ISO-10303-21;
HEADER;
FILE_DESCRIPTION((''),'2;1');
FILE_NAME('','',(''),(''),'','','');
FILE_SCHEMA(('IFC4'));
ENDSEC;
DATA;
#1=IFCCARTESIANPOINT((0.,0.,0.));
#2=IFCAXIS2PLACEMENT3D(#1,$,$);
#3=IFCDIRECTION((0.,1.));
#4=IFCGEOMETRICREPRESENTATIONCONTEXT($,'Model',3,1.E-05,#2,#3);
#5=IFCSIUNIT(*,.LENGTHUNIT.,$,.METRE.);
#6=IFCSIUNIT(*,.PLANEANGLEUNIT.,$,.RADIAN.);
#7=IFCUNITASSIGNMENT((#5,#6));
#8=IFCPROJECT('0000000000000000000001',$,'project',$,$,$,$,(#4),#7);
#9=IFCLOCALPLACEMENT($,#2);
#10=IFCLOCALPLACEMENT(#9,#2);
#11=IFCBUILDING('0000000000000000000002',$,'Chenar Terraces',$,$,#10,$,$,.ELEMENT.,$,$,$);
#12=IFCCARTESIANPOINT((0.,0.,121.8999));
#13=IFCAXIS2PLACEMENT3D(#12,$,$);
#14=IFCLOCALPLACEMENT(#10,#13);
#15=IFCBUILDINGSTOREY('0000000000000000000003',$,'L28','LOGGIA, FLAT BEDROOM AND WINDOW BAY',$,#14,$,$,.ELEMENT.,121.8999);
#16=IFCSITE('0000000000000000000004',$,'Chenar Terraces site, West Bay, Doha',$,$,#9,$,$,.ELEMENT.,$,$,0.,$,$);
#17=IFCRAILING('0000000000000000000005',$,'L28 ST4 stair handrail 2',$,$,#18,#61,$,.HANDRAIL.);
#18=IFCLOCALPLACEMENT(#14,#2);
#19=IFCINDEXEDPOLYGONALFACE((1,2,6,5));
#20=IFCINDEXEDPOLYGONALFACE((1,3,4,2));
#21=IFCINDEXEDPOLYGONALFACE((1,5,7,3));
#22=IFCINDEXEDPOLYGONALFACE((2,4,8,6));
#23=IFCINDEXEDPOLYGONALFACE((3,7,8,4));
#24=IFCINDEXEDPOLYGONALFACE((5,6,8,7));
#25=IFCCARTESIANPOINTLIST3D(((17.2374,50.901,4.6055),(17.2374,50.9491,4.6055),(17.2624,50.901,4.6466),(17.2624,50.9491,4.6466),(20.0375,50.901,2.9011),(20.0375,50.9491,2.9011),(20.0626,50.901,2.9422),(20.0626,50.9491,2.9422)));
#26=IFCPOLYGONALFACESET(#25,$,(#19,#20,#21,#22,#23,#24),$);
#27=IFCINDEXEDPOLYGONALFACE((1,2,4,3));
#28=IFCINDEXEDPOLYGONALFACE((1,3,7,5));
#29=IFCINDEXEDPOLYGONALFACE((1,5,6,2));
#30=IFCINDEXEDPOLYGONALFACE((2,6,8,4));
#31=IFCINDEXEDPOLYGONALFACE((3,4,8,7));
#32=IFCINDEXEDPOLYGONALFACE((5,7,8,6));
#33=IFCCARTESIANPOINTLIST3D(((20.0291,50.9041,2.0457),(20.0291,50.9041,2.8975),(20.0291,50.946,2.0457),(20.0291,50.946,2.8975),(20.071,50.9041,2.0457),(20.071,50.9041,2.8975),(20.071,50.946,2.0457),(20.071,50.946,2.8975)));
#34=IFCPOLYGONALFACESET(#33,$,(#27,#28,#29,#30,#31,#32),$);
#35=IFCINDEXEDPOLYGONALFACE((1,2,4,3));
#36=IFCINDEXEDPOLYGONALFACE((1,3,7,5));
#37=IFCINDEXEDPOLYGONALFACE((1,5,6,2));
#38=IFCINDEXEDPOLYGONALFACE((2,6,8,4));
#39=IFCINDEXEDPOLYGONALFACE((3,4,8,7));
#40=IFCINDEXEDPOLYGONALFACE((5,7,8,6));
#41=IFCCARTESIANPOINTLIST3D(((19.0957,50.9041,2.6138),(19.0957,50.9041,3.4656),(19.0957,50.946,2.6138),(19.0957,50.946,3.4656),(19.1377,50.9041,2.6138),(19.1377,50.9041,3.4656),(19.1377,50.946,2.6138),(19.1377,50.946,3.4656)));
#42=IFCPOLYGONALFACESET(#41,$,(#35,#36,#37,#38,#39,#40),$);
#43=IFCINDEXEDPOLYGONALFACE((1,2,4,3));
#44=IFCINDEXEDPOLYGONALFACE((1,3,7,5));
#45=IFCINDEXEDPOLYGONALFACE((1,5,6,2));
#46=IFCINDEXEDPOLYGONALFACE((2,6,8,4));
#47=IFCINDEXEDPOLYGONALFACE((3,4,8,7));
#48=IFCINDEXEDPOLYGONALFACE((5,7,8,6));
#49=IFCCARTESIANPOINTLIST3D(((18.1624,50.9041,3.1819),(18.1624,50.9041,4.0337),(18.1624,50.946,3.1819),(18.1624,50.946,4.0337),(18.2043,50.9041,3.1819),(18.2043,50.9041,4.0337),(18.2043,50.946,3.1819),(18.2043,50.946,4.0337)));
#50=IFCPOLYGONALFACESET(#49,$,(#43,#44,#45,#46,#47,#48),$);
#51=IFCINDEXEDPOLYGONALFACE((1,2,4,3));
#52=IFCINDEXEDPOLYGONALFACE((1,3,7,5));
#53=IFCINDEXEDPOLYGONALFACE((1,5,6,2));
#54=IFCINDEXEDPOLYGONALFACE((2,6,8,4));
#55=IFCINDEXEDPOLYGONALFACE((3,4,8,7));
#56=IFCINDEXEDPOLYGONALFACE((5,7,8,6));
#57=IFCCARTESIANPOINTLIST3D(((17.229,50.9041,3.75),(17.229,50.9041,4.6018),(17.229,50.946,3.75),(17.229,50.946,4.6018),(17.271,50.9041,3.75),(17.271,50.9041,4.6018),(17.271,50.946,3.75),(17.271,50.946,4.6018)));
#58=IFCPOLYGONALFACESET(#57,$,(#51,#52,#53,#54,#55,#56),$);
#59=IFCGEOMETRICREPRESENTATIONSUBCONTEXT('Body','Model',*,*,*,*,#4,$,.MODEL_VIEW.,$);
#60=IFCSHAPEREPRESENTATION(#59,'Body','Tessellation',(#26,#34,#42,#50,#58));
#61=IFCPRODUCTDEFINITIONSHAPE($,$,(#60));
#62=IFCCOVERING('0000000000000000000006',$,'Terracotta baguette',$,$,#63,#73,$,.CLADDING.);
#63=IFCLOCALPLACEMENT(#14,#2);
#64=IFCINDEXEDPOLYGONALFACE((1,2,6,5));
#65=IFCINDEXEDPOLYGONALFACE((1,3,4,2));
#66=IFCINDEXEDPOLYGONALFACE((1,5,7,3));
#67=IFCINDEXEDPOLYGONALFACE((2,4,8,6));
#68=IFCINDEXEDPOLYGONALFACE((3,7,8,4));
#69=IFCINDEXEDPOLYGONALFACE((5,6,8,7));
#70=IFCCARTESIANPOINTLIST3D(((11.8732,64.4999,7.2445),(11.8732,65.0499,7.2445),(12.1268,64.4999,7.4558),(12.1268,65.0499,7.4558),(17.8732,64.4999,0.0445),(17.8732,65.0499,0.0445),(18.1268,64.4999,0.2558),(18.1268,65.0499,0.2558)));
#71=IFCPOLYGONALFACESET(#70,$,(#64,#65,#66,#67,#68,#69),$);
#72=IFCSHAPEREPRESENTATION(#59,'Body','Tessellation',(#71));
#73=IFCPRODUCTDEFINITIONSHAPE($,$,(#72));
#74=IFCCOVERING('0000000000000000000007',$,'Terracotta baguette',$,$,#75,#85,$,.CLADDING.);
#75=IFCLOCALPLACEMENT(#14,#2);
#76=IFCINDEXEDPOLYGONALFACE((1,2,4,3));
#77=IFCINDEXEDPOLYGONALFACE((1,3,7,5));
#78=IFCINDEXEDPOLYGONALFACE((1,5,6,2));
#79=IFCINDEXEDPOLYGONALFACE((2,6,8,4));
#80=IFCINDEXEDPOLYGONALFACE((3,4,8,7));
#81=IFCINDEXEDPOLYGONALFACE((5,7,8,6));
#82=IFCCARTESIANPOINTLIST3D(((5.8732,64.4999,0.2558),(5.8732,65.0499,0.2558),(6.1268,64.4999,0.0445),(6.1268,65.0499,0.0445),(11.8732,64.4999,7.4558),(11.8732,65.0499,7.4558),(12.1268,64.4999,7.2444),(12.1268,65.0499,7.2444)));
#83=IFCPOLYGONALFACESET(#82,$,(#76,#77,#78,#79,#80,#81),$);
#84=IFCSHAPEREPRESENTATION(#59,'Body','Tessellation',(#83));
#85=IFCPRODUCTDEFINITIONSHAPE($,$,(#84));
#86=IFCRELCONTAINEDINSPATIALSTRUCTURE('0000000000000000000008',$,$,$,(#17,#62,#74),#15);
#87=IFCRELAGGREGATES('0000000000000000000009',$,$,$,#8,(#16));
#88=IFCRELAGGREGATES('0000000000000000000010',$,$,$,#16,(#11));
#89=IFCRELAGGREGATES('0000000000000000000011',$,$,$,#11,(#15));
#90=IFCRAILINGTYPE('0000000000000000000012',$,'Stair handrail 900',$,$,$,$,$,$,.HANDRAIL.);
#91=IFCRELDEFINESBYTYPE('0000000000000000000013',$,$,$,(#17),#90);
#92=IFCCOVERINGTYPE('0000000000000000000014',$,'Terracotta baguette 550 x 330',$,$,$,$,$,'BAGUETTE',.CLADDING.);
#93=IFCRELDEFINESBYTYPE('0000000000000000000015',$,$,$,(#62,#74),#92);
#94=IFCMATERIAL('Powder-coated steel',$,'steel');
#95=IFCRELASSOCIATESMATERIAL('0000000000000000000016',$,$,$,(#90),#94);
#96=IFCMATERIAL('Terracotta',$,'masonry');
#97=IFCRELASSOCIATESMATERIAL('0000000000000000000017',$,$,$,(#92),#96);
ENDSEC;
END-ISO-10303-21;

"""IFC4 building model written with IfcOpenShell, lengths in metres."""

from ifc_helpers import new_model, si_unit, direction, frame, origin, origin_2d, place, context, subcontext, project, spatial, rectangle, extrude, material, material_profile, profile_set, type_object, element, save


model = new_model("IFC4")

# Units and contexts
model_context = context("Model", 3, precision=1e-05, world=origin(), true_north=direction((0.0, 1.0)))
body_context = subcontext(model_context, "Body", "Model", "MODEL_VIEW")
ifc_project = project(units=[si_unit("LENGTHUNIT", "METRE"), si_unit("PLANEANGLEUNIT", "RADIAN")], contexts=[model_context])

# Site, building, storey
site_placement = place(None, origin())
site = spatial("IfcSite", under=ifc_project, at=site_placement, Name="Chenar Terraces site, West Bay, Doha", CompositionType="ELEMENT", RefElevation=0.0)
building_placement = place(site_placement, origin())
building = spatial("IfcBuilding", under=site, at=building_placement, Name="Chenar Terraces", CompositionType="ELEMENT")
storey_placement = place(building_placement, frame((0.0, 0.0, 121.8999)))
storey = spatial("IfcBuildingStorey", under=building, at=storey_placement, Name="L28", Description="LOGGIA, FLAT BEDROOM AND WINDOW BAY", CompositionType="ELEMENT", Elevation=121.8999)

# Railing
ifc_material_1 = material(Name="Powder-coated steel", Category="steel")
railing_type_1 = type_object("IfcRailingType", Name="Stair handrail 900", PredefinedType="HANDRAIL", material=ifc_material_1)
railing_1_placement = place(storey_placement, frame((20.05, 50.925, 2.0457)))
element("IfcRailing", 1, at=railing_1_placement, inside=storey, type_object=railing_type_1, Name="L28 ST4 stair handrail 2", PredefinedType="HANDRAIL", context=body_context, shape_type="SweptSolid", body=[
    extrude(rectangle(XDim=0.0481, YDim=0.0481, at=origin_2d()), frame((0.0, 0.0, 0.876), z_axis=(-0.854203, 0.0, 0.51994), x_axis=(0.0, -1.0, 0.0)), (0.0, 0.0, 1.0), 3.2781),
    extrude(rectangle(XDim=0.042, YDim=0.042, at=origin_2d()), origin(), (0.0, 0.0, 1.0), 0.8518),
    extrude(rectangle(XDim=0.042, YDim=0.042, at=origin_2d()), frame((-0.9333, 0.0, 0.5681)), (0.0, 0.0, 1.0), 0.8518),
    extrude(rectangle(XDim=0.042, YDim=0.042, at=origin_2d()), frame((-1.8667, 0.0, 1.1362)), (0.0, 0.0, 1.0), 0.8518),
    extrude(rectangle(XDim=0.042, YDim=0.042, at=origin_2d()), frame((-2.8, 0.0, 1.7043)), (0.0, 0.0, 1.0), 0.8518),
])

# Coverings
ifc_material_2 = material(Name="Terracotta", Category="masonry")
ifc_material_profile_1 = material_profile(ifc_material_2, rectangle(XDim=0.55, YDim=0.3301, at=origin_2d()), Name="Terracotta baguette 550 x 330")
ifc_profile_set_1 = profile_set([ifc_material_profile_1], Name="Terracotta")
covering_type = type_object("IfcCoveringType", Name="Terracotta baguette 550 x 330", ElementType="BAGUETTE", PredefinedType="CLADDING", material=ifc_profile_set_1)
for number, where, z_axis, x_axis, name in (
    (2, (18.0, 64.7749, 0.1501), (-0.640187, 0.0, 0.768219), (0.0, -1.0, 0.0), "Terracotta baguette"),
    (3, (12.0, 64.7749, 7.3501), (-0.640187, 0.0, -0.768219), (0.0, -1.0, 0.0), "Terracotta baguette"),
):
    element("IfcCovering", number, at=place(storey_placement, frame(where, z_axis=z_axis, x_axis=x_axis)), inside=storey, type_object=covering_type, Name=name, PredefinedType="CLADDING", context=body_context, shape_type="SweptSolid", body=[
        extrude(rectangle(XDim=0.55, YDim=0.3301, at=origin_2d()), origin(), (0.0, 0.0, 1.0), 9.3723),
    ])

save(model, "model.ifc")
